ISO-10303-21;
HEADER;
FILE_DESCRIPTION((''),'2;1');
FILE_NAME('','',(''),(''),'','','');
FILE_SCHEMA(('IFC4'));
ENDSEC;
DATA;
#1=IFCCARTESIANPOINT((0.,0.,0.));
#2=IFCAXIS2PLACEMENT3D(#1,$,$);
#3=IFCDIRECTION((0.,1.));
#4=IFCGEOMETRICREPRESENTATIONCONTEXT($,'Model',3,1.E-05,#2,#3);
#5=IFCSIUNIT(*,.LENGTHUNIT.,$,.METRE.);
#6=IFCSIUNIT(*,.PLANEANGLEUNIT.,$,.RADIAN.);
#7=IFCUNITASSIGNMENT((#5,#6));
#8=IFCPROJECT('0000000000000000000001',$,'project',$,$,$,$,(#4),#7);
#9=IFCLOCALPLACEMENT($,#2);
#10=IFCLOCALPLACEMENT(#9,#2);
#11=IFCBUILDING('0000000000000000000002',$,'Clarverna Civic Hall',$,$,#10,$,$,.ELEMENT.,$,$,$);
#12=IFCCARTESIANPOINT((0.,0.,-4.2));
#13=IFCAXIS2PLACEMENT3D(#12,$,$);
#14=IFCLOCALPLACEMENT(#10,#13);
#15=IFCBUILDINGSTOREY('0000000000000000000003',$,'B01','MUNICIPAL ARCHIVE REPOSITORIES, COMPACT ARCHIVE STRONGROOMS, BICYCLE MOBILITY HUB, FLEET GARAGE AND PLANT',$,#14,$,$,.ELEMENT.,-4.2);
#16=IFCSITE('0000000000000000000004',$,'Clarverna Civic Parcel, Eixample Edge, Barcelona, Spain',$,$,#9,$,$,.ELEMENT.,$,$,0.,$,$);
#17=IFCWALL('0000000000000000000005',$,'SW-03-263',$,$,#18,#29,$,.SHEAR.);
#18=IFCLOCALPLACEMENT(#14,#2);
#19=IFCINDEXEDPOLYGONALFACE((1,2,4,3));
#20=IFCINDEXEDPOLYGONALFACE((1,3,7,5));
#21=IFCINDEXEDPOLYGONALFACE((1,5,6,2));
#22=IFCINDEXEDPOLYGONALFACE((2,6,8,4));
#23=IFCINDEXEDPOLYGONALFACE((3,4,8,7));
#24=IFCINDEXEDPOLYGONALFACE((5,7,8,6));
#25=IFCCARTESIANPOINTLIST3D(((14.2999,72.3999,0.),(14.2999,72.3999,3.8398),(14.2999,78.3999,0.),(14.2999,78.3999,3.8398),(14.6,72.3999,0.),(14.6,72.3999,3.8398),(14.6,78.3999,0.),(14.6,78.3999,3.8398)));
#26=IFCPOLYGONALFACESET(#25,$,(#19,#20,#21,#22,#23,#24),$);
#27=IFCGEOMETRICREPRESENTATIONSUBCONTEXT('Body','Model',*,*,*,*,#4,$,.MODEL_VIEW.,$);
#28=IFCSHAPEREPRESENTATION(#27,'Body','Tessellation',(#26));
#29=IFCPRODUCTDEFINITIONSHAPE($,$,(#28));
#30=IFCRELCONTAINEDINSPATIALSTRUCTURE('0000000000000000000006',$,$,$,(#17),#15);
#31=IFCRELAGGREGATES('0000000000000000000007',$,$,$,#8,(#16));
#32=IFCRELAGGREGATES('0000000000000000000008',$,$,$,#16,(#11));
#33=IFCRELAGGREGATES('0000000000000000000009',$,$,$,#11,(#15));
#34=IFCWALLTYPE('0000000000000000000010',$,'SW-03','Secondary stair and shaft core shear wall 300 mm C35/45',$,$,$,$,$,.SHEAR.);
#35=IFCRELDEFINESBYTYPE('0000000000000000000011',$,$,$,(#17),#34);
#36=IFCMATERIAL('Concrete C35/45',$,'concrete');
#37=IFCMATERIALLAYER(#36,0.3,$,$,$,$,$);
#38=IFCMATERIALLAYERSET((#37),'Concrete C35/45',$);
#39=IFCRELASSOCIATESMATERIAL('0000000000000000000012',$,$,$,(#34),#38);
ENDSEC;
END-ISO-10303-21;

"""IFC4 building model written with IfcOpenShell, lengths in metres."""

from ifc_helpers import new_model, si_unit, direction, frame, frame_2d, origin, place, context, subcontext, project, spatial, rectangle, extrude, material, layer, layer_set, type_object, element, save


model = new_model("IFC4")

# Units and contexts
model_context = context("Model", 3, precision=1e-05, world=origin(), true_north=direction((0.0, 1.0)))
body_context = subcontext(model_context, "Body", "Model", "MODEL_VIEW")
ifc_project = project(units=[si_unit("LENGTHUNIT", "METRE"), si_unit("PLANEANGLEUNIT", "RADIAN")], contexts=[model_context])

# Site, building, storey
site_placement = place(None, origin())
site = spatial("IfcSite", under=ifc_project, at=site_placement, Name="Clarverna Civic Parcel, Eixample Edge, Barcelona, Spain", CompositionType="ELEMENT", RefElevation=0.0)
building_placement = place(site_placement, origin())
building = spatial("IfcBuilding", under=site, at=building_placement, Name="Clarverna Civic Hall", CompositionType="ELEMENT")
storey_placement = place(building_placement, frame((0.0, 0.0, -4.2)))
storey = spatial("IfcBuildingStorey", under=building, at=storey_placement, Name="B01", Description="MUNICIPAL ARCHIVE REPOSITORIES, COMPACT ARCHIVE STRONGROOMS, BICYCLE MOBILITY HUB, FLEET GARAGE AND PLANT", CompositionType="ELEMENT", Elevation=-4.2)

# Shared definitions
ifc_material_1 = material(Name="Concrete C35/45", Category="concrete")

# Wall
ifc_layer = layer(ifc_material_1, 0.3)
ifc_layer_set = layer_set([ifc_layer], Name="Concrete C35/45")
wall_type = type_object("IfcWallType", Name="SW-03", Description="Secondary stair and shaft core shear wall 300 mm C35/45", PredefinedType="SHEAR", material=ifc_layer_set)
wall_placement = place(storey_placement, frame((14.45, 72.3999, 0.0), z_axis=(0.0, 0.0, 1.0), x_axis=(0.0, 1.0, 0.0)))
element("IfcWall", 1, at=wall_placement, inside=storey, type_object=wall_type, Name="SW-03-263", PredefinedType="SHEAR", context=body_context, shape_type="SweptSolid", body=[
    extrude(rectangle(XDim=6.0, YDim=0.3, at=frame_2d((3.0, 0.0))), origin(), (0.0, 0.0, 1.0), 3.8398),
])

save(model, "model.ifc")
